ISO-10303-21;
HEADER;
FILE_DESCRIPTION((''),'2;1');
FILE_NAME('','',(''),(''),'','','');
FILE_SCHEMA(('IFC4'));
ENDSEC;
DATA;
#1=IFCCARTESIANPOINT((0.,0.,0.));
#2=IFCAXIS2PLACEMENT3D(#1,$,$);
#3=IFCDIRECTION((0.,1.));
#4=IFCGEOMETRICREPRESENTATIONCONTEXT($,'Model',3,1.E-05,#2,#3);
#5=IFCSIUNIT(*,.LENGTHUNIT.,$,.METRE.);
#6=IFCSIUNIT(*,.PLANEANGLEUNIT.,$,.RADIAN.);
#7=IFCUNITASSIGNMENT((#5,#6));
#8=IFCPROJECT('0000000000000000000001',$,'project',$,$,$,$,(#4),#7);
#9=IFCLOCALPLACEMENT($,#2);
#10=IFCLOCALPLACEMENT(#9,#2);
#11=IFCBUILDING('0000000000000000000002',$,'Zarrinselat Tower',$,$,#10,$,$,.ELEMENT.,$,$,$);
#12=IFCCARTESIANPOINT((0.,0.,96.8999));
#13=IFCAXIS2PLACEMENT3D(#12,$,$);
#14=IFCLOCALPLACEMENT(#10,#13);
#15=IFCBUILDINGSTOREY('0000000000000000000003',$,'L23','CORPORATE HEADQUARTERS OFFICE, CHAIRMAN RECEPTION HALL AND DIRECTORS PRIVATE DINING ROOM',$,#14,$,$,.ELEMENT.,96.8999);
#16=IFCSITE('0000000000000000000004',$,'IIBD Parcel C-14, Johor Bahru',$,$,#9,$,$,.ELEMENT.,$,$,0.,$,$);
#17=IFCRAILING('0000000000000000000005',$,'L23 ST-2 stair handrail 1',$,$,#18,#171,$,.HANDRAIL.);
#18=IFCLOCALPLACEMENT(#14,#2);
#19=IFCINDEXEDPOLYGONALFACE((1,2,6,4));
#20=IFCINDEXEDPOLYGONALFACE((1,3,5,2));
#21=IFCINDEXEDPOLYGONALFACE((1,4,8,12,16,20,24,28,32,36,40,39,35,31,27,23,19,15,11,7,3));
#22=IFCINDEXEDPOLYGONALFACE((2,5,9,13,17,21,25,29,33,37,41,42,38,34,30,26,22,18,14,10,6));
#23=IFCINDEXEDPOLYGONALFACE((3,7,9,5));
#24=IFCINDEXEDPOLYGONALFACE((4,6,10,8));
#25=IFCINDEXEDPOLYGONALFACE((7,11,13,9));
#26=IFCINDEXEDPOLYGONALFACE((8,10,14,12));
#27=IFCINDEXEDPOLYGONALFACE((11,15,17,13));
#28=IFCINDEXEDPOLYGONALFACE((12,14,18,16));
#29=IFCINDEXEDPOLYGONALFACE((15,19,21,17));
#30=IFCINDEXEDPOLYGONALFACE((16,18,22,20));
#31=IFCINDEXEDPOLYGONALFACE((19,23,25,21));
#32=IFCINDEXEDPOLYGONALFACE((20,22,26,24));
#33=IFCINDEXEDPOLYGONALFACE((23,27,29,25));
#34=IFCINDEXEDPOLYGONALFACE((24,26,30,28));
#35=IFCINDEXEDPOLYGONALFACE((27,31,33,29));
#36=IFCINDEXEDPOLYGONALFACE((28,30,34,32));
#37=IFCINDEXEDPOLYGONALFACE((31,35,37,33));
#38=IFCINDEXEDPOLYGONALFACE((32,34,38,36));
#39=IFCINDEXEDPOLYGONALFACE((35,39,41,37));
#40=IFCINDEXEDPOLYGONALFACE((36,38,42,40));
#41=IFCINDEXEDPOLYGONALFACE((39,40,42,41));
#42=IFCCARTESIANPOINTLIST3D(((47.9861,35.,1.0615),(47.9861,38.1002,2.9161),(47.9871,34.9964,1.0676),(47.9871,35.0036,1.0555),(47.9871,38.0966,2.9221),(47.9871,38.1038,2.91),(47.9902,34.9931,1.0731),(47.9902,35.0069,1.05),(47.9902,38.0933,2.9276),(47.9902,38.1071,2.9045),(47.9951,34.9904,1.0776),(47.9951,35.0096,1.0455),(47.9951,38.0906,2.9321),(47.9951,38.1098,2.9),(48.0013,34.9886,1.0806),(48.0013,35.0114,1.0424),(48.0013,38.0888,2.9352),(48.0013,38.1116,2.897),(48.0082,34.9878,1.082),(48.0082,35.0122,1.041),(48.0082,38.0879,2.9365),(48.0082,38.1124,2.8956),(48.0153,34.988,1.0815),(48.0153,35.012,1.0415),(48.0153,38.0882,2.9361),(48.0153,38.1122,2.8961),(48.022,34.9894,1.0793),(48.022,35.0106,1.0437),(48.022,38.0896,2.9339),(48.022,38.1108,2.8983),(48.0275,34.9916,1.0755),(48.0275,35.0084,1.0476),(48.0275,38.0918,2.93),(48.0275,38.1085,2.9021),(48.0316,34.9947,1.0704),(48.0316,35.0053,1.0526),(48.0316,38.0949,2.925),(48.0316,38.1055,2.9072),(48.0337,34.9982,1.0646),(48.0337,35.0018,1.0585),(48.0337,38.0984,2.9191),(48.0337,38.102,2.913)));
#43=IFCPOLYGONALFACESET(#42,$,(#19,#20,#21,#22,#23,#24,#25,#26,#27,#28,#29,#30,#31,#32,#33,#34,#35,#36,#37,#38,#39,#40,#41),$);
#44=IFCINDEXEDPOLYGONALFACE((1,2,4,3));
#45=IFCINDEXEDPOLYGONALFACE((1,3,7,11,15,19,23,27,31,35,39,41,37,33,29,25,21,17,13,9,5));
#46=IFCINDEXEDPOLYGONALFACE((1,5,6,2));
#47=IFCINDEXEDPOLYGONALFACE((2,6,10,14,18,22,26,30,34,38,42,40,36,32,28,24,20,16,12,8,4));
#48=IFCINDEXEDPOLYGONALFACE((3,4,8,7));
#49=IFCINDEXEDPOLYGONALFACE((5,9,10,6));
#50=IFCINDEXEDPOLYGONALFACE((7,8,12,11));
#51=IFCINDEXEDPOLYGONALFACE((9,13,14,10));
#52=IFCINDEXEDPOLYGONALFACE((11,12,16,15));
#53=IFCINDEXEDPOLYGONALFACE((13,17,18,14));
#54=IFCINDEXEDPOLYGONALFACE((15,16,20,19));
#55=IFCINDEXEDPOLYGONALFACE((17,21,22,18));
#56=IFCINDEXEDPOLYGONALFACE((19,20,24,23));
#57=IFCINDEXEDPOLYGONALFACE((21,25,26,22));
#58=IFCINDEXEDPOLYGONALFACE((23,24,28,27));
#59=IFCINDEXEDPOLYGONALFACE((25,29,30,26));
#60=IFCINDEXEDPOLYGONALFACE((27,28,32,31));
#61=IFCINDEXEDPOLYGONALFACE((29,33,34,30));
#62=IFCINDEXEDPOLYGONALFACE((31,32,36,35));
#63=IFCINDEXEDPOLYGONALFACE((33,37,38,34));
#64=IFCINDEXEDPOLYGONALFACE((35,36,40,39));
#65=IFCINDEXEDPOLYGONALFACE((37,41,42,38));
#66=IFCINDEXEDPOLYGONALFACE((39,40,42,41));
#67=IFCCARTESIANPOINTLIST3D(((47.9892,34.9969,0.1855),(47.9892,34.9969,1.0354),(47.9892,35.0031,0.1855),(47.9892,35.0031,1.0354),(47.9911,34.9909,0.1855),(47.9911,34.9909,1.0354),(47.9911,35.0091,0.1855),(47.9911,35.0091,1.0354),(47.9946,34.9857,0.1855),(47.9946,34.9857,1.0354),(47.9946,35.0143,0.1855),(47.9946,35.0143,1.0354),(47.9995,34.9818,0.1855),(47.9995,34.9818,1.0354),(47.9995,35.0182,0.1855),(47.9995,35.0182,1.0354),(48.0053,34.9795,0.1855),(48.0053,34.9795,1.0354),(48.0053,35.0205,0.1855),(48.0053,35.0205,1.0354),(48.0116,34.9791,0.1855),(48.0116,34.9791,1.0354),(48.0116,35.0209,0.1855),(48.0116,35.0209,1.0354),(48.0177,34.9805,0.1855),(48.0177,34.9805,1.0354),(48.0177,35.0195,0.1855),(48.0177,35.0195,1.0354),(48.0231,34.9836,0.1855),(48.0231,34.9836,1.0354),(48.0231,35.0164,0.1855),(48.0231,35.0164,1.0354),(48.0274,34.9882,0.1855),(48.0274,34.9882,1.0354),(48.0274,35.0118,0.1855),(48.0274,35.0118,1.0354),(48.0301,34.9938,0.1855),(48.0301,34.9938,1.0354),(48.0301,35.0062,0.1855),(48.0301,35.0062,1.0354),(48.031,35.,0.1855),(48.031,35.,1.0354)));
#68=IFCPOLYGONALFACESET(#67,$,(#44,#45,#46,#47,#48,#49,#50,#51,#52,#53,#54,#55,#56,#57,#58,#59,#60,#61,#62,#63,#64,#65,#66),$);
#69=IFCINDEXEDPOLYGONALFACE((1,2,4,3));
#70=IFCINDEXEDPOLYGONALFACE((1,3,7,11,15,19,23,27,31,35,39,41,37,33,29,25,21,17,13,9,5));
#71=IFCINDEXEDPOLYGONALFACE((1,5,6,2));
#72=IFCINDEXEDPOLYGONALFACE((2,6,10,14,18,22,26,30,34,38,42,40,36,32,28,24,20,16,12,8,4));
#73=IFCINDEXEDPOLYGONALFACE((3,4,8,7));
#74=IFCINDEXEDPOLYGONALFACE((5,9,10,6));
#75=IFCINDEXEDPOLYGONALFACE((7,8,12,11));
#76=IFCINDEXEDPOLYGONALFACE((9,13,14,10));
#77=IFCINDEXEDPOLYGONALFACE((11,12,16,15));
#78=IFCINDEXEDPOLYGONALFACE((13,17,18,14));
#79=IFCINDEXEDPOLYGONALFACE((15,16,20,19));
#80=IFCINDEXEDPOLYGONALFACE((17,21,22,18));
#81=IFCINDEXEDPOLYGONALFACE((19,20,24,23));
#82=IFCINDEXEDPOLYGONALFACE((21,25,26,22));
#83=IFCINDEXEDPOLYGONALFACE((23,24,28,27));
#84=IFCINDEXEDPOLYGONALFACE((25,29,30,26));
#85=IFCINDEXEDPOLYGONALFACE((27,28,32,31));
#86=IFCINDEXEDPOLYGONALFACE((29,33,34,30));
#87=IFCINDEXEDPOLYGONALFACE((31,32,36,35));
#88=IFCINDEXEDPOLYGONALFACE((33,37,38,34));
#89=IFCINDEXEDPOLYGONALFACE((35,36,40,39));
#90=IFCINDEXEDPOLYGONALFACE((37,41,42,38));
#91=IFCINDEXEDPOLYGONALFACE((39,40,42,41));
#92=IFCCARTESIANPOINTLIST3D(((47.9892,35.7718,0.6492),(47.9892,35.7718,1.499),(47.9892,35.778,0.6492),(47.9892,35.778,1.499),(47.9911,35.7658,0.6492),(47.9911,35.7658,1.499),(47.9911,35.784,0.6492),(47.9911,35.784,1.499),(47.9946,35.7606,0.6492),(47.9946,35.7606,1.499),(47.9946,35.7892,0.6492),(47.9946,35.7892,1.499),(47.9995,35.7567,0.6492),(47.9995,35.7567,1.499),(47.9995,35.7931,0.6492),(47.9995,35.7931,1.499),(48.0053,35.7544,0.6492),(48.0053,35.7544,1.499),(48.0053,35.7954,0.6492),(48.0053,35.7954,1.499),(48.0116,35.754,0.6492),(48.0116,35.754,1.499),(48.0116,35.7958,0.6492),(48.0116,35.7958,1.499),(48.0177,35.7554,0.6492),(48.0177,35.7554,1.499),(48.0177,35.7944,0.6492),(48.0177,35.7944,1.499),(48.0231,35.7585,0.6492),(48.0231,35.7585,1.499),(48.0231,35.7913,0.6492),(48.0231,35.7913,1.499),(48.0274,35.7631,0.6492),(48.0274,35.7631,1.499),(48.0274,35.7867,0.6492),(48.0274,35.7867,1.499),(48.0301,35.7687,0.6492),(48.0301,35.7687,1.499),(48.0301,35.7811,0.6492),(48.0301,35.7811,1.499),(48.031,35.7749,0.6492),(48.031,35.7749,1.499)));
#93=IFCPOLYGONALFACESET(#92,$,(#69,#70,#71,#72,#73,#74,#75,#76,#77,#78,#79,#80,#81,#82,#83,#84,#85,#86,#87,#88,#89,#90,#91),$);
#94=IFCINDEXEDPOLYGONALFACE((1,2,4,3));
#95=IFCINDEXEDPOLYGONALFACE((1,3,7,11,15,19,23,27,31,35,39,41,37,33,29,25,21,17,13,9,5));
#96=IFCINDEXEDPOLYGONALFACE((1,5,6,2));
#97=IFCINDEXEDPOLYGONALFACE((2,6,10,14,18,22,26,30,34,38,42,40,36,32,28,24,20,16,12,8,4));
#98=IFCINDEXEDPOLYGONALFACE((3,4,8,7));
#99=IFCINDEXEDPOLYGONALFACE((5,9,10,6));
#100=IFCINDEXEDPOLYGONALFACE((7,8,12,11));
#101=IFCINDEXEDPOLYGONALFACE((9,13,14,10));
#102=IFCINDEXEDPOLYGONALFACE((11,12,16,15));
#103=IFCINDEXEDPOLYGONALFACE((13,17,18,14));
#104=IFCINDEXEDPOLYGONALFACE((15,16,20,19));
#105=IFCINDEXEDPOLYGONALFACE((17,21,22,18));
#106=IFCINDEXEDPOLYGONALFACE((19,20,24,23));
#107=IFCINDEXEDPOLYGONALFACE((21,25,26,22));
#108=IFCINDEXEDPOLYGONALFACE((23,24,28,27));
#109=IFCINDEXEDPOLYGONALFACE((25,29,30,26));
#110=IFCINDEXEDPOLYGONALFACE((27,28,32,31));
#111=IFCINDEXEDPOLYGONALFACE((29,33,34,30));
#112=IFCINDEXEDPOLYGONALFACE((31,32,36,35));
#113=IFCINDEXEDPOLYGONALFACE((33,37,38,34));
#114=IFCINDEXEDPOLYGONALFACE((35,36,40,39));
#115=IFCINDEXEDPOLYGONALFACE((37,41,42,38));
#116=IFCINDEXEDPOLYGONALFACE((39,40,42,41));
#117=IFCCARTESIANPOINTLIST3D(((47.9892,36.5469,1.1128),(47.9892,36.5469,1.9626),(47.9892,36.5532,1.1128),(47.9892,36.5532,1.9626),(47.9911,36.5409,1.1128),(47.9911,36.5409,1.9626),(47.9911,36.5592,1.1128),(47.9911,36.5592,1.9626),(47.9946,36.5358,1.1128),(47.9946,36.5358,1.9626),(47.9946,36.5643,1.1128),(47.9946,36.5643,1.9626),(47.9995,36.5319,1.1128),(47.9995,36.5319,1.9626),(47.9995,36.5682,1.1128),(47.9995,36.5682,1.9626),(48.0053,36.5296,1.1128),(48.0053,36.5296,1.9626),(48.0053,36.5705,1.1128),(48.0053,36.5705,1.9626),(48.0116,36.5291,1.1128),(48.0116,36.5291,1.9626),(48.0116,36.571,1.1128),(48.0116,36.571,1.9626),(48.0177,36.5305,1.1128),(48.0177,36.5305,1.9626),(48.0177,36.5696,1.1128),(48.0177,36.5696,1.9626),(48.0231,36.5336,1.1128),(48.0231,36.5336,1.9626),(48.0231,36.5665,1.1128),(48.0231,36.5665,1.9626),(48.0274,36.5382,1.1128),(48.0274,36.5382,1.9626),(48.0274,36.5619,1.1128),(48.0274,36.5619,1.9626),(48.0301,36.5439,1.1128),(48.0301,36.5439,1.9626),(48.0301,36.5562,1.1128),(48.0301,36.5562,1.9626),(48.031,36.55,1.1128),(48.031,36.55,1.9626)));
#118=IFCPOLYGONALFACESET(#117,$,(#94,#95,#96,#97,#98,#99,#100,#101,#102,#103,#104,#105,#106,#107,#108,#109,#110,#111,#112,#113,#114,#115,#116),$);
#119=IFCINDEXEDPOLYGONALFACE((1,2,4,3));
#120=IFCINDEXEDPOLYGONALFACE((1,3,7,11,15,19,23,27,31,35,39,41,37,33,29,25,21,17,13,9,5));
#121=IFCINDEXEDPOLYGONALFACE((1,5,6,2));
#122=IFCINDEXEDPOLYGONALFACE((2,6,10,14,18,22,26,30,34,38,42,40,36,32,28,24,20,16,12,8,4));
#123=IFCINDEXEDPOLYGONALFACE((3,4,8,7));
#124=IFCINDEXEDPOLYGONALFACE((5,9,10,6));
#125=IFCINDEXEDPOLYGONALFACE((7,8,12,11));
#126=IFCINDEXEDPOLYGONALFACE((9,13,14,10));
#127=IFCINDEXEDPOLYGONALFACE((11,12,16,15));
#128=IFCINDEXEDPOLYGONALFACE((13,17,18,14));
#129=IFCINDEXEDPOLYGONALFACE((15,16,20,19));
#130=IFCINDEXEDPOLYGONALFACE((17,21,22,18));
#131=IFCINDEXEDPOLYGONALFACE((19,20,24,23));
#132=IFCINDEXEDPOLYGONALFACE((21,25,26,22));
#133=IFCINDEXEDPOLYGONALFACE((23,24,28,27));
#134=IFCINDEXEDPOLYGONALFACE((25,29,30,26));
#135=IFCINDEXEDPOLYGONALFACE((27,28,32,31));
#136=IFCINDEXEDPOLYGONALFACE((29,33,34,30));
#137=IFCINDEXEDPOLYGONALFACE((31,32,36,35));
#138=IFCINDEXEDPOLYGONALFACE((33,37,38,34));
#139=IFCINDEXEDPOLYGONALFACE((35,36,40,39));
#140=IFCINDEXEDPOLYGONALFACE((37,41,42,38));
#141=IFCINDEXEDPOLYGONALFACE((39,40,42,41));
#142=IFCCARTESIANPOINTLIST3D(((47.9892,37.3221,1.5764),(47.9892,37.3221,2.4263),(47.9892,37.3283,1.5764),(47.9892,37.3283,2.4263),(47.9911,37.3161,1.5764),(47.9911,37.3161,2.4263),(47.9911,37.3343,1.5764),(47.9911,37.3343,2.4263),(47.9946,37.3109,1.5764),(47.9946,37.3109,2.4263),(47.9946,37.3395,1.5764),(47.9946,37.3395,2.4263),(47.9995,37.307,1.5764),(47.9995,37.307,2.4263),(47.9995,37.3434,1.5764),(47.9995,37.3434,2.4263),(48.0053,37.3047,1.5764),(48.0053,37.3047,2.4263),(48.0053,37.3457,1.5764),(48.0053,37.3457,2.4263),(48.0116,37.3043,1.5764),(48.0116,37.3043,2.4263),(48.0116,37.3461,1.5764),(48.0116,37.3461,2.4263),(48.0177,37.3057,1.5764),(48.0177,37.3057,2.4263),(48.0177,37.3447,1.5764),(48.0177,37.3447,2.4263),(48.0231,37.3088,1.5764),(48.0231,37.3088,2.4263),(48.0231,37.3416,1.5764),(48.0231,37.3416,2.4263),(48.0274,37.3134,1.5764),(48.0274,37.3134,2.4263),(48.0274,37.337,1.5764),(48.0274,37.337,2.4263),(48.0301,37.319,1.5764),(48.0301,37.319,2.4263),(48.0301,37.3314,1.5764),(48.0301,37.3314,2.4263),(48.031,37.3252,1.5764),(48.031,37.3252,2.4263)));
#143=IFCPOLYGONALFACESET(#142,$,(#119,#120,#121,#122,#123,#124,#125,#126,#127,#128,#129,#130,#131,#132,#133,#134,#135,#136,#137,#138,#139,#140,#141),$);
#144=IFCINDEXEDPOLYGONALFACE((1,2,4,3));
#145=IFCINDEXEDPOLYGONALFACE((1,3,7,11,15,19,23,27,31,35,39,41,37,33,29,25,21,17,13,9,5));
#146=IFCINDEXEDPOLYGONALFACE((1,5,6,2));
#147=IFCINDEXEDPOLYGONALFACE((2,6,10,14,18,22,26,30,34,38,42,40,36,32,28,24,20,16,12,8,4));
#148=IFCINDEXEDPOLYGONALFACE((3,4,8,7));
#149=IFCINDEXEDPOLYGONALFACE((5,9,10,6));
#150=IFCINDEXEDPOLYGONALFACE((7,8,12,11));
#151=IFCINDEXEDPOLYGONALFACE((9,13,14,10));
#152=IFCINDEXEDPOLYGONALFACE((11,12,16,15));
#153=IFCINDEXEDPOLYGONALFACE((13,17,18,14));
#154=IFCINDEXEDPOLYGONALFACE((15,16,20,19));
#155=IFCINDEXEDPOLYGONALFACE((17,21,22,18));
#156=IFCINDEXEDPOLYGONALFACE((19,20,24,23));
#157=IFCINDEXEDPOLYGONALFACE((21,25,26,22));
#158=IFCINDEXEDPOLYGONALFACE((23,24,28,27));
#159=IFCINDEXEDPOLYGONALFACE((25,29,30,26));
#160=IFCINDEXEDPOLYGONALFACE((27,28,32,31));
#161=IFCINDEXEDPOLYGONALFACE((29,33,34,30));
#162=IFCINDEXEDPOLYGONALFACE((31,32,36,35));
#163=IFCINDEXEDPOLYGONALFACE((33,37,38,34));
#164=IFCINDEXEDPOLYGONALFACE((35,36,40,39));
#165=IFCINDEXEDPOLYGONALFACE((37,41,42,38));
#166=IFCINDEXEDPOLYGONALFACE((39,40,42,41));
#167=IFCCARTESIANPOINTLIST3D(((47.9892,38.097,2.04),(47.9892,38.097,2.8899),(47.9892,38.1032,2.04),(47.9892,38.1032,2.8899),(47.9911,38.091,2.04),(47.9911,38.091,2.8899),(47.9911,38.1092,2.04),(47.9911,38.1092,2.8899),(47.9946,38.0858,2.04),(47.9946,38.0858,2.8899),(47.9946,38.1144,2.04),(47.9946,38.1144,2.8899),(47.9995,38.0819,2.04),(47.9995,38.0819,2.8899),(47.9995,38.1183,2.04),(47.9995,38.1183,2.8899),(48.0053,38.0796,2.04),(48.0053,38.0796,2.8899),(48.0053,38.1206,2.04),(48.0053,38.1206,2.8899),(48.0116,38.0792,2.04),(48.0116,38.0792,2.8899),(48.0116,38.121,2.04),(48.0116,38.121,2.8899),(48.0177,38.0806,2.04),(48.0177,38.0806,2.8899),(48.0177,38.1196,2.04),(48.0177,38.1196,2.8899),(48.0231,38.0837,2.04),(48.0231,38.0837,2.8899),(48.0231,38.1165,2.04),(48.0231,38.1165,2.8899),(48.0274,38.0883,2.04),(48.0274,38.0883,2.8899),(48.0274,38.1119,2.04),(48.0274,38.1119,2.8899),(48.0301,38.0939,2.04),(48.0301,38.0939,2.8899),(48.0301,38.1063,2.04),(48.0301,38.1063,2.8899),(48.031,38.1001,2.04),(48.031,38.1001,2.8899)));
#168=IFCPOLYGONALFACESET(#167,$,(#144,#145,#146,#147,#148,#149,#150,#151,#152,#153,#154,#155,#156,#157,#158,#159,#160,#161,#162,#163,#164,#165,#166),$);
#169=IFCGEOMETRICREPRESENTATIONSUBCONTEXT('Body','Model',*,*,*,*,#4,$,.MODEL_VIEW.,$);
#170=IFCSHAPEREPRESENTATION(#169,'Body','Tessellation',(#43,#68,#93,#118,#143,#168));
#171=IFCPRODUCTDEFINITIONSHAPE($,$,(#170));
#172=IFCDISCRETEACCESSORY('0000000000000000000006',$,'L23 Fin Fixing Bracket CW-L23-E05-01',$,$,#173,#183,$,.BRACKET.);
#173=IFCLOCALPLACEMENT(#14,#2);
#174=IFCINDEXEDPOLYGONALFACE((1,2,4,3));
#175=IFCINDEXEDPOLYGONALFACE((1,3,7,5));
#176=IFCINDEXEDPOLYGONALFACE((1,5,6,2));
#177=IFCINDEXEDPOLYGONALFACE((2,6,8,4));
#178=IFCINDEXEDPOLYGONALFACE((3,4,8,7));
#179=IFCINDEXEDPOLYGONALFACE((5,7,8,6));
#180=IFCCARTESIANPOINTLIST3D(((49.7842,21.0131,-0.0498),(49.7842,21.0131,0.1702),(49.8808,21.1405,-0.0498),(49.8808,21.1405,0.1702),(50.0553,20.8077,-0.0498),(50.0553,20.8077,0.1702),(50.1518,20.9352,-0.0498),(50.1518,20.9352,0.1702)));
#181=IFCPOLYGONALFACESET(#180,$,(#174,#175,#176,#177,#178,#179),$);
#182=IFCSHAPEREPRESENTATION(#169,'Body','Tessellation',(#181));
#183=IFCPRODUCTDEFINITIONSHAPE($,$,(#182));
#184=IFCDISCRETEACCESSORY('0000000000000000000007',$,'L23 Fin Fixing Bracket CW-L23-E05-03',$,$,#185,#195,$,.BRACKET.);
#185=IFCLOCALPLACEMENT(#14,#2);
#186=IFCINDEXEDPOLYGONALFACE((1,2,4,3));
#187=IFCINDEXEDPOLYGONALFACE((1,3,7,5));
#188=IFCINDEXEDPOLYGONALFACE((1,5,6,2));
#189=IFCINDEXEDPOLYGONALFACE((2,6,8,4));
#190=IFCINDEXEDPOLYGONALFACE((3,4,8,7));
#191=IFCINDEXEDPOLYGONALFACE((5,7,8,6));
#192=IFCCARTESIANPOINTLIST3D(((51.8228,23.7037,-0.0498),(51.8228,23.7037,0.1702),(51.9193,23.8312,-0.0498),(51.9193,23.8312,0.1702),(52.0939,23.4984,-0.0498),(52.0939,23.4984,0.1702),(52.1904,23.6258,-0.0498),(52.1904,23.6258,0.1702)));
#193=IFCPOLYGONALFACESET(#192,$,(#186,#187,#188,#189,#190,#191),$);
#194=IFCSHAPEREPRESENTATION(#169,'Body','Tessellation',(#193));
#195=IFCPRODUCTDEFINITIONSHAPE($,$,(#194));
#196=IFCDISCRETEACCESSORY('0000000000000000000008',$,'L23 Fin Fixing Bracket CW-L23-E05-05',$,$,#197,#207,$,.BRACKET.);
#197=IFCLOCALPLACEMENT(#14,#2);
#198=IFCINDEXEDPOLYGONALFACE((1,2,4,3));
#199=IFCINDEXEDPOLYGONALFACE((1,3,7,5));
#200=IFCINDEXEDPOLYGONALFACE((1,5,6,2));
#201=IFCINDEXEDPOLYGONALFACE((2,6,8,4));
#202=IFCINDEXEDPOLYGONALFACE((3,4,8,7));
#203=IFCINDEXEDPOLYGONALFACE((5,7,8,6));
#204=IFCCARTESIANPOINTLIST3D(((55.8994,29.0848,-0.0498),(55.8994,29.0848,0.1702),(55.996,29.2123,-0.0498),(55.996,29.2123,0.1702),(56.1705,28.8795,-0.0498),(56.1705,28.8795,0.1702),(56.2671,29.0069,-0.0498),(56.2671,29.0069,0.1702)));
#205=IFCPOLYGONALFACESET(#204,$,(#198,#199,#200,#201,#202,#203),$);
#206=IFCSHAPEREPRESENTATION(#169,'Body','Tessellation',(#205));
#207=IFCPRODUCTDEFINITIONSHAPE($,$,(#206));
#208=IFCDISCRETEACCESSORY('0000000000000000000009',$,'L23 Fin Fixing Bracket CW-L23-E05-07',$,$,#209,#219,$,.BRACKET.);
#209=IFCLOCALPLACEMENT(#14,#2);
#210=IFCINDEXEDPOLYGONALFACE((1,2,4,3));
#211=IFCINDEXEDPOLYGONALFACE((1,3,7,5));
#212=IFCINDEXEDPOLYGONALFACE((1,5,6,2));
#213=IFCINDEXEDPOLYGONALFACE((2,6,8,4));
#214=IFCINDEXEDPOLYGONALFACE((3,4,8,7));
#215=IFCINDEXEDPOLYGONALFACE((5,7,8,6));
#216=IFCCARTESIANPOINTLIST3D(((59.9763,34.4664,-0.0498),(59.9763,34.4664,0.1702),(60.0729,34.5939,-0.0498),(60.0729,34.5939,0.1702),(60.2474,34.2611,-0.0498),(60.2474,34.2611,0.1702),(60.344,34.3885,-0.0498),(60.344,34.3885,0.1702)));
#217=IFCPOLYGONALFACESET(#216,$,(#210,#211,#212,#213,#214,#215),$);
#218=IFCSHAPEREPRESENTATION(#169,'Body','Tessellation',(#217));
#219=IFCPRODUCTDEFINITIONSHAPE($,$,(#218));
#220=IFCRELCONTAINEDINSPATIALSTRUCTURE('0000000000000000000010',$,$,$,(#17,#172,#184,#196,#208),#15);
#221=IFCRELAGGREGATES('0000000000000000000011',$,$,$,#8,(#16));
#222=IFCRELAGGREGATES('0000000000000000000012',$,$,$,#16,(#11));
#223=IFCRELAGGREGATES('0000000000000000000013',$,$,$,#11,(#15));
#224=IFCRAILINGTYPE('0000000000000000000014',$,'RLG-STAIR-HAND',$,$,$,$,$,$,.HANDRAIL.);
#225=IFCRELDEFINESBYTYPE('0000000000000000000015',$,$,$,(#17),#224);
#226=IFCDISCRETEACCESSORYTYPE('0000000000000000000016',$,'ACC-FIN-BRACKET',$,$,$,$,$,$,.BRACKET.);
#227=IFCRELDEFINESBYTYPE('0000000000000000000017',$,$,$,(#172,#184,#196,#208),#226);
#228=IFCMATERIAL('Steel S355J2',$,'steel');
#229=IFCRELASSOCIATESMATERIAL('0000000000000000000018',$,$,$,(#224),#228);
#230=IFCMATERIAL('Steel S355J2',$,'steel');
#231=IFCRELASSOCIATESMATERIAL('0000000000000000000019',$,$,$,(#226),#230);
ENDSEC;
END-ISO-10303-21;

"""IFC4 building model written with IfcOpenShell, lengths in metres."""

from ifc_helpers import new_model, si_unit, direction, frame, origin, origin_2d, place, context, subcontext, project, spatial, rectangle, circle, extrude, material, type_object, element, save


model = new_model("IFC4")

# Units and contexts
model_context = context("Model", 3, precision=1e-05, world=origin(), true_north=direction((0.0, 1.0)))
body_context = subcontext(model_context, "Body", "Model", "MODEL_VIEW")
ifc_project = project(units=[si_unit("LENGTHUNIT", "METRE"), si_unit("PLANEANGLEUNIT", "RADIAN")], contexts=[model_context])

# Site, building, storey
site_placement = place(None, origin())
site = spatial("IfcSite", under=ifc_project, at=site_placement, Name="IIBD Parcel C-14, Johor Bahru", CompositionType="ELEMENT", RefElevation=0.0)
building_placement = place(site_placement, origin())
building = spatial("IfcBuilding", under=site, at=building_placement, Name="Zarrinselat Tower", CompositionType="ELEMENT")
storey_placement = place(building_placement, frame((0.0, 0.0, 96.8999)))
storey = spatial("IfcBuildingStorey", under=building, at=storey_placement, Name="L23", Description="CORPORATE HEADQUARTERS OFFICE, CHAIRMAN RECEPTION HALL AND DIRECTORS PRIVATE DINING ROOM", CompositionType="ELEMENT", Elevation=96.8999)

# Railing
ifc_material_1 = material(Name="Steel S355J2", Category="steel")
railing_type = type_object("IfcRailingType", Name="RLG-STAIR-HAND", PredefinedType="HANDRAIL", material=ifc_material_1)
railing_placement = place(storey_placement, frame((48.01, 35.0, 0.1855)))
element("IfcRailing", 1, at=railing_placement, inside=storey, type_object=railing_type, Name="L23 ST-2 stair handrail 1", PredefinedType="HANDRAIL", context=body_context, shape_type="SweptSolid", body=[
    extrude(circle(Radius=0.0239, at=origin_2d()), frame((0.0, 0.0, 0.876), z_axis=(0.0, 0.858172, 0.513362), x_axis=(-1.0, 0.0, 0.0)), (0.0, 0.0, 1.0), 3.6125),
    extrude(circle(Radius=0.021, at=origin_2d()), origin(), (0.0, 0.0, 1.0), 0.8499),
    extrude(circle(Radius=0.021, at=origin_2d()), frame((0.0, 0.7749, 0.4636)), (0.0, 0.0, 1.0), 0.8499),
    extrude(circle(Radius=0.021, at=origin_2d()), frame((0.0, 1.55, 0.9272)), (0.0, 0.0, 1.0), 0.8499),
    extrude(circle(Radius=0.021, at=origin_2d()), frame((0.0, 2.3252, 1.3909)), (0.0, 0.0, 1.0), 0.8499),
    extrude(circle(Radius=0.021, at=origin_2d()), frame((0.0, 3.1001, 1.8545)), (0.0, 0.0, 1.0), 0.8499),
])

# Discrete accessories
ifc_material_2 = material(Name="Steel S355J2", Category="steel")
discrete_accessory_type = type_object("IfcDiscreteAccessoryType", Name="ACC-FIN-BRACKET", PredefinedType="BRACKET", material=ifc_material_2)
for number, where, z_axis, x_axis, name in (
    (2, (49.968, 20.9741, -0.0498), (0.0, 0.0, 1.0), (0.797092, -0.603858, 0.0), "L23 Fin Fixing Bracket CW-L23-E05-01"),
    (3, (52.0066, 23.6648, -0.0498), (0.0, 0.0, 1.0), (0.797092, -0.603858, 0.0), "L23 Fin Fixing Bracket CW-L23-E05-03"),
    (4, (56.0833, 29.0459, -0.0498), (0.0, 0.0, 1.0), (0.797092, -0.603858, 0.0), "L23 Fin Fixing Bracket CW-L23-E05-05"),
    (5, (60.1602, 34.4275, -0.0498), (0.0, 0.0, 1.0), (0.797092, -0.603858, 0.0), "L23 Fin Fixing Bracket CW-L23-E05-07"),
):
    element("IfcDiscreteAccessory", number, at=place(storey_placement, frame(where, z_axis=z_axis, x_axis=x_axis)), inside=storey, type_object=discrete_accessory_type, Name=name, PredefinedType="BRACKET", context=body_context, shape_type="SweptSolid", body=[
        extrude(rectangle(XDim=0.3401, YDim=0.1599, at=origin_2d()), origin(), (0.0, 0.0, 1.0), 0.22),
    ])

save(model, "model.ifc")
